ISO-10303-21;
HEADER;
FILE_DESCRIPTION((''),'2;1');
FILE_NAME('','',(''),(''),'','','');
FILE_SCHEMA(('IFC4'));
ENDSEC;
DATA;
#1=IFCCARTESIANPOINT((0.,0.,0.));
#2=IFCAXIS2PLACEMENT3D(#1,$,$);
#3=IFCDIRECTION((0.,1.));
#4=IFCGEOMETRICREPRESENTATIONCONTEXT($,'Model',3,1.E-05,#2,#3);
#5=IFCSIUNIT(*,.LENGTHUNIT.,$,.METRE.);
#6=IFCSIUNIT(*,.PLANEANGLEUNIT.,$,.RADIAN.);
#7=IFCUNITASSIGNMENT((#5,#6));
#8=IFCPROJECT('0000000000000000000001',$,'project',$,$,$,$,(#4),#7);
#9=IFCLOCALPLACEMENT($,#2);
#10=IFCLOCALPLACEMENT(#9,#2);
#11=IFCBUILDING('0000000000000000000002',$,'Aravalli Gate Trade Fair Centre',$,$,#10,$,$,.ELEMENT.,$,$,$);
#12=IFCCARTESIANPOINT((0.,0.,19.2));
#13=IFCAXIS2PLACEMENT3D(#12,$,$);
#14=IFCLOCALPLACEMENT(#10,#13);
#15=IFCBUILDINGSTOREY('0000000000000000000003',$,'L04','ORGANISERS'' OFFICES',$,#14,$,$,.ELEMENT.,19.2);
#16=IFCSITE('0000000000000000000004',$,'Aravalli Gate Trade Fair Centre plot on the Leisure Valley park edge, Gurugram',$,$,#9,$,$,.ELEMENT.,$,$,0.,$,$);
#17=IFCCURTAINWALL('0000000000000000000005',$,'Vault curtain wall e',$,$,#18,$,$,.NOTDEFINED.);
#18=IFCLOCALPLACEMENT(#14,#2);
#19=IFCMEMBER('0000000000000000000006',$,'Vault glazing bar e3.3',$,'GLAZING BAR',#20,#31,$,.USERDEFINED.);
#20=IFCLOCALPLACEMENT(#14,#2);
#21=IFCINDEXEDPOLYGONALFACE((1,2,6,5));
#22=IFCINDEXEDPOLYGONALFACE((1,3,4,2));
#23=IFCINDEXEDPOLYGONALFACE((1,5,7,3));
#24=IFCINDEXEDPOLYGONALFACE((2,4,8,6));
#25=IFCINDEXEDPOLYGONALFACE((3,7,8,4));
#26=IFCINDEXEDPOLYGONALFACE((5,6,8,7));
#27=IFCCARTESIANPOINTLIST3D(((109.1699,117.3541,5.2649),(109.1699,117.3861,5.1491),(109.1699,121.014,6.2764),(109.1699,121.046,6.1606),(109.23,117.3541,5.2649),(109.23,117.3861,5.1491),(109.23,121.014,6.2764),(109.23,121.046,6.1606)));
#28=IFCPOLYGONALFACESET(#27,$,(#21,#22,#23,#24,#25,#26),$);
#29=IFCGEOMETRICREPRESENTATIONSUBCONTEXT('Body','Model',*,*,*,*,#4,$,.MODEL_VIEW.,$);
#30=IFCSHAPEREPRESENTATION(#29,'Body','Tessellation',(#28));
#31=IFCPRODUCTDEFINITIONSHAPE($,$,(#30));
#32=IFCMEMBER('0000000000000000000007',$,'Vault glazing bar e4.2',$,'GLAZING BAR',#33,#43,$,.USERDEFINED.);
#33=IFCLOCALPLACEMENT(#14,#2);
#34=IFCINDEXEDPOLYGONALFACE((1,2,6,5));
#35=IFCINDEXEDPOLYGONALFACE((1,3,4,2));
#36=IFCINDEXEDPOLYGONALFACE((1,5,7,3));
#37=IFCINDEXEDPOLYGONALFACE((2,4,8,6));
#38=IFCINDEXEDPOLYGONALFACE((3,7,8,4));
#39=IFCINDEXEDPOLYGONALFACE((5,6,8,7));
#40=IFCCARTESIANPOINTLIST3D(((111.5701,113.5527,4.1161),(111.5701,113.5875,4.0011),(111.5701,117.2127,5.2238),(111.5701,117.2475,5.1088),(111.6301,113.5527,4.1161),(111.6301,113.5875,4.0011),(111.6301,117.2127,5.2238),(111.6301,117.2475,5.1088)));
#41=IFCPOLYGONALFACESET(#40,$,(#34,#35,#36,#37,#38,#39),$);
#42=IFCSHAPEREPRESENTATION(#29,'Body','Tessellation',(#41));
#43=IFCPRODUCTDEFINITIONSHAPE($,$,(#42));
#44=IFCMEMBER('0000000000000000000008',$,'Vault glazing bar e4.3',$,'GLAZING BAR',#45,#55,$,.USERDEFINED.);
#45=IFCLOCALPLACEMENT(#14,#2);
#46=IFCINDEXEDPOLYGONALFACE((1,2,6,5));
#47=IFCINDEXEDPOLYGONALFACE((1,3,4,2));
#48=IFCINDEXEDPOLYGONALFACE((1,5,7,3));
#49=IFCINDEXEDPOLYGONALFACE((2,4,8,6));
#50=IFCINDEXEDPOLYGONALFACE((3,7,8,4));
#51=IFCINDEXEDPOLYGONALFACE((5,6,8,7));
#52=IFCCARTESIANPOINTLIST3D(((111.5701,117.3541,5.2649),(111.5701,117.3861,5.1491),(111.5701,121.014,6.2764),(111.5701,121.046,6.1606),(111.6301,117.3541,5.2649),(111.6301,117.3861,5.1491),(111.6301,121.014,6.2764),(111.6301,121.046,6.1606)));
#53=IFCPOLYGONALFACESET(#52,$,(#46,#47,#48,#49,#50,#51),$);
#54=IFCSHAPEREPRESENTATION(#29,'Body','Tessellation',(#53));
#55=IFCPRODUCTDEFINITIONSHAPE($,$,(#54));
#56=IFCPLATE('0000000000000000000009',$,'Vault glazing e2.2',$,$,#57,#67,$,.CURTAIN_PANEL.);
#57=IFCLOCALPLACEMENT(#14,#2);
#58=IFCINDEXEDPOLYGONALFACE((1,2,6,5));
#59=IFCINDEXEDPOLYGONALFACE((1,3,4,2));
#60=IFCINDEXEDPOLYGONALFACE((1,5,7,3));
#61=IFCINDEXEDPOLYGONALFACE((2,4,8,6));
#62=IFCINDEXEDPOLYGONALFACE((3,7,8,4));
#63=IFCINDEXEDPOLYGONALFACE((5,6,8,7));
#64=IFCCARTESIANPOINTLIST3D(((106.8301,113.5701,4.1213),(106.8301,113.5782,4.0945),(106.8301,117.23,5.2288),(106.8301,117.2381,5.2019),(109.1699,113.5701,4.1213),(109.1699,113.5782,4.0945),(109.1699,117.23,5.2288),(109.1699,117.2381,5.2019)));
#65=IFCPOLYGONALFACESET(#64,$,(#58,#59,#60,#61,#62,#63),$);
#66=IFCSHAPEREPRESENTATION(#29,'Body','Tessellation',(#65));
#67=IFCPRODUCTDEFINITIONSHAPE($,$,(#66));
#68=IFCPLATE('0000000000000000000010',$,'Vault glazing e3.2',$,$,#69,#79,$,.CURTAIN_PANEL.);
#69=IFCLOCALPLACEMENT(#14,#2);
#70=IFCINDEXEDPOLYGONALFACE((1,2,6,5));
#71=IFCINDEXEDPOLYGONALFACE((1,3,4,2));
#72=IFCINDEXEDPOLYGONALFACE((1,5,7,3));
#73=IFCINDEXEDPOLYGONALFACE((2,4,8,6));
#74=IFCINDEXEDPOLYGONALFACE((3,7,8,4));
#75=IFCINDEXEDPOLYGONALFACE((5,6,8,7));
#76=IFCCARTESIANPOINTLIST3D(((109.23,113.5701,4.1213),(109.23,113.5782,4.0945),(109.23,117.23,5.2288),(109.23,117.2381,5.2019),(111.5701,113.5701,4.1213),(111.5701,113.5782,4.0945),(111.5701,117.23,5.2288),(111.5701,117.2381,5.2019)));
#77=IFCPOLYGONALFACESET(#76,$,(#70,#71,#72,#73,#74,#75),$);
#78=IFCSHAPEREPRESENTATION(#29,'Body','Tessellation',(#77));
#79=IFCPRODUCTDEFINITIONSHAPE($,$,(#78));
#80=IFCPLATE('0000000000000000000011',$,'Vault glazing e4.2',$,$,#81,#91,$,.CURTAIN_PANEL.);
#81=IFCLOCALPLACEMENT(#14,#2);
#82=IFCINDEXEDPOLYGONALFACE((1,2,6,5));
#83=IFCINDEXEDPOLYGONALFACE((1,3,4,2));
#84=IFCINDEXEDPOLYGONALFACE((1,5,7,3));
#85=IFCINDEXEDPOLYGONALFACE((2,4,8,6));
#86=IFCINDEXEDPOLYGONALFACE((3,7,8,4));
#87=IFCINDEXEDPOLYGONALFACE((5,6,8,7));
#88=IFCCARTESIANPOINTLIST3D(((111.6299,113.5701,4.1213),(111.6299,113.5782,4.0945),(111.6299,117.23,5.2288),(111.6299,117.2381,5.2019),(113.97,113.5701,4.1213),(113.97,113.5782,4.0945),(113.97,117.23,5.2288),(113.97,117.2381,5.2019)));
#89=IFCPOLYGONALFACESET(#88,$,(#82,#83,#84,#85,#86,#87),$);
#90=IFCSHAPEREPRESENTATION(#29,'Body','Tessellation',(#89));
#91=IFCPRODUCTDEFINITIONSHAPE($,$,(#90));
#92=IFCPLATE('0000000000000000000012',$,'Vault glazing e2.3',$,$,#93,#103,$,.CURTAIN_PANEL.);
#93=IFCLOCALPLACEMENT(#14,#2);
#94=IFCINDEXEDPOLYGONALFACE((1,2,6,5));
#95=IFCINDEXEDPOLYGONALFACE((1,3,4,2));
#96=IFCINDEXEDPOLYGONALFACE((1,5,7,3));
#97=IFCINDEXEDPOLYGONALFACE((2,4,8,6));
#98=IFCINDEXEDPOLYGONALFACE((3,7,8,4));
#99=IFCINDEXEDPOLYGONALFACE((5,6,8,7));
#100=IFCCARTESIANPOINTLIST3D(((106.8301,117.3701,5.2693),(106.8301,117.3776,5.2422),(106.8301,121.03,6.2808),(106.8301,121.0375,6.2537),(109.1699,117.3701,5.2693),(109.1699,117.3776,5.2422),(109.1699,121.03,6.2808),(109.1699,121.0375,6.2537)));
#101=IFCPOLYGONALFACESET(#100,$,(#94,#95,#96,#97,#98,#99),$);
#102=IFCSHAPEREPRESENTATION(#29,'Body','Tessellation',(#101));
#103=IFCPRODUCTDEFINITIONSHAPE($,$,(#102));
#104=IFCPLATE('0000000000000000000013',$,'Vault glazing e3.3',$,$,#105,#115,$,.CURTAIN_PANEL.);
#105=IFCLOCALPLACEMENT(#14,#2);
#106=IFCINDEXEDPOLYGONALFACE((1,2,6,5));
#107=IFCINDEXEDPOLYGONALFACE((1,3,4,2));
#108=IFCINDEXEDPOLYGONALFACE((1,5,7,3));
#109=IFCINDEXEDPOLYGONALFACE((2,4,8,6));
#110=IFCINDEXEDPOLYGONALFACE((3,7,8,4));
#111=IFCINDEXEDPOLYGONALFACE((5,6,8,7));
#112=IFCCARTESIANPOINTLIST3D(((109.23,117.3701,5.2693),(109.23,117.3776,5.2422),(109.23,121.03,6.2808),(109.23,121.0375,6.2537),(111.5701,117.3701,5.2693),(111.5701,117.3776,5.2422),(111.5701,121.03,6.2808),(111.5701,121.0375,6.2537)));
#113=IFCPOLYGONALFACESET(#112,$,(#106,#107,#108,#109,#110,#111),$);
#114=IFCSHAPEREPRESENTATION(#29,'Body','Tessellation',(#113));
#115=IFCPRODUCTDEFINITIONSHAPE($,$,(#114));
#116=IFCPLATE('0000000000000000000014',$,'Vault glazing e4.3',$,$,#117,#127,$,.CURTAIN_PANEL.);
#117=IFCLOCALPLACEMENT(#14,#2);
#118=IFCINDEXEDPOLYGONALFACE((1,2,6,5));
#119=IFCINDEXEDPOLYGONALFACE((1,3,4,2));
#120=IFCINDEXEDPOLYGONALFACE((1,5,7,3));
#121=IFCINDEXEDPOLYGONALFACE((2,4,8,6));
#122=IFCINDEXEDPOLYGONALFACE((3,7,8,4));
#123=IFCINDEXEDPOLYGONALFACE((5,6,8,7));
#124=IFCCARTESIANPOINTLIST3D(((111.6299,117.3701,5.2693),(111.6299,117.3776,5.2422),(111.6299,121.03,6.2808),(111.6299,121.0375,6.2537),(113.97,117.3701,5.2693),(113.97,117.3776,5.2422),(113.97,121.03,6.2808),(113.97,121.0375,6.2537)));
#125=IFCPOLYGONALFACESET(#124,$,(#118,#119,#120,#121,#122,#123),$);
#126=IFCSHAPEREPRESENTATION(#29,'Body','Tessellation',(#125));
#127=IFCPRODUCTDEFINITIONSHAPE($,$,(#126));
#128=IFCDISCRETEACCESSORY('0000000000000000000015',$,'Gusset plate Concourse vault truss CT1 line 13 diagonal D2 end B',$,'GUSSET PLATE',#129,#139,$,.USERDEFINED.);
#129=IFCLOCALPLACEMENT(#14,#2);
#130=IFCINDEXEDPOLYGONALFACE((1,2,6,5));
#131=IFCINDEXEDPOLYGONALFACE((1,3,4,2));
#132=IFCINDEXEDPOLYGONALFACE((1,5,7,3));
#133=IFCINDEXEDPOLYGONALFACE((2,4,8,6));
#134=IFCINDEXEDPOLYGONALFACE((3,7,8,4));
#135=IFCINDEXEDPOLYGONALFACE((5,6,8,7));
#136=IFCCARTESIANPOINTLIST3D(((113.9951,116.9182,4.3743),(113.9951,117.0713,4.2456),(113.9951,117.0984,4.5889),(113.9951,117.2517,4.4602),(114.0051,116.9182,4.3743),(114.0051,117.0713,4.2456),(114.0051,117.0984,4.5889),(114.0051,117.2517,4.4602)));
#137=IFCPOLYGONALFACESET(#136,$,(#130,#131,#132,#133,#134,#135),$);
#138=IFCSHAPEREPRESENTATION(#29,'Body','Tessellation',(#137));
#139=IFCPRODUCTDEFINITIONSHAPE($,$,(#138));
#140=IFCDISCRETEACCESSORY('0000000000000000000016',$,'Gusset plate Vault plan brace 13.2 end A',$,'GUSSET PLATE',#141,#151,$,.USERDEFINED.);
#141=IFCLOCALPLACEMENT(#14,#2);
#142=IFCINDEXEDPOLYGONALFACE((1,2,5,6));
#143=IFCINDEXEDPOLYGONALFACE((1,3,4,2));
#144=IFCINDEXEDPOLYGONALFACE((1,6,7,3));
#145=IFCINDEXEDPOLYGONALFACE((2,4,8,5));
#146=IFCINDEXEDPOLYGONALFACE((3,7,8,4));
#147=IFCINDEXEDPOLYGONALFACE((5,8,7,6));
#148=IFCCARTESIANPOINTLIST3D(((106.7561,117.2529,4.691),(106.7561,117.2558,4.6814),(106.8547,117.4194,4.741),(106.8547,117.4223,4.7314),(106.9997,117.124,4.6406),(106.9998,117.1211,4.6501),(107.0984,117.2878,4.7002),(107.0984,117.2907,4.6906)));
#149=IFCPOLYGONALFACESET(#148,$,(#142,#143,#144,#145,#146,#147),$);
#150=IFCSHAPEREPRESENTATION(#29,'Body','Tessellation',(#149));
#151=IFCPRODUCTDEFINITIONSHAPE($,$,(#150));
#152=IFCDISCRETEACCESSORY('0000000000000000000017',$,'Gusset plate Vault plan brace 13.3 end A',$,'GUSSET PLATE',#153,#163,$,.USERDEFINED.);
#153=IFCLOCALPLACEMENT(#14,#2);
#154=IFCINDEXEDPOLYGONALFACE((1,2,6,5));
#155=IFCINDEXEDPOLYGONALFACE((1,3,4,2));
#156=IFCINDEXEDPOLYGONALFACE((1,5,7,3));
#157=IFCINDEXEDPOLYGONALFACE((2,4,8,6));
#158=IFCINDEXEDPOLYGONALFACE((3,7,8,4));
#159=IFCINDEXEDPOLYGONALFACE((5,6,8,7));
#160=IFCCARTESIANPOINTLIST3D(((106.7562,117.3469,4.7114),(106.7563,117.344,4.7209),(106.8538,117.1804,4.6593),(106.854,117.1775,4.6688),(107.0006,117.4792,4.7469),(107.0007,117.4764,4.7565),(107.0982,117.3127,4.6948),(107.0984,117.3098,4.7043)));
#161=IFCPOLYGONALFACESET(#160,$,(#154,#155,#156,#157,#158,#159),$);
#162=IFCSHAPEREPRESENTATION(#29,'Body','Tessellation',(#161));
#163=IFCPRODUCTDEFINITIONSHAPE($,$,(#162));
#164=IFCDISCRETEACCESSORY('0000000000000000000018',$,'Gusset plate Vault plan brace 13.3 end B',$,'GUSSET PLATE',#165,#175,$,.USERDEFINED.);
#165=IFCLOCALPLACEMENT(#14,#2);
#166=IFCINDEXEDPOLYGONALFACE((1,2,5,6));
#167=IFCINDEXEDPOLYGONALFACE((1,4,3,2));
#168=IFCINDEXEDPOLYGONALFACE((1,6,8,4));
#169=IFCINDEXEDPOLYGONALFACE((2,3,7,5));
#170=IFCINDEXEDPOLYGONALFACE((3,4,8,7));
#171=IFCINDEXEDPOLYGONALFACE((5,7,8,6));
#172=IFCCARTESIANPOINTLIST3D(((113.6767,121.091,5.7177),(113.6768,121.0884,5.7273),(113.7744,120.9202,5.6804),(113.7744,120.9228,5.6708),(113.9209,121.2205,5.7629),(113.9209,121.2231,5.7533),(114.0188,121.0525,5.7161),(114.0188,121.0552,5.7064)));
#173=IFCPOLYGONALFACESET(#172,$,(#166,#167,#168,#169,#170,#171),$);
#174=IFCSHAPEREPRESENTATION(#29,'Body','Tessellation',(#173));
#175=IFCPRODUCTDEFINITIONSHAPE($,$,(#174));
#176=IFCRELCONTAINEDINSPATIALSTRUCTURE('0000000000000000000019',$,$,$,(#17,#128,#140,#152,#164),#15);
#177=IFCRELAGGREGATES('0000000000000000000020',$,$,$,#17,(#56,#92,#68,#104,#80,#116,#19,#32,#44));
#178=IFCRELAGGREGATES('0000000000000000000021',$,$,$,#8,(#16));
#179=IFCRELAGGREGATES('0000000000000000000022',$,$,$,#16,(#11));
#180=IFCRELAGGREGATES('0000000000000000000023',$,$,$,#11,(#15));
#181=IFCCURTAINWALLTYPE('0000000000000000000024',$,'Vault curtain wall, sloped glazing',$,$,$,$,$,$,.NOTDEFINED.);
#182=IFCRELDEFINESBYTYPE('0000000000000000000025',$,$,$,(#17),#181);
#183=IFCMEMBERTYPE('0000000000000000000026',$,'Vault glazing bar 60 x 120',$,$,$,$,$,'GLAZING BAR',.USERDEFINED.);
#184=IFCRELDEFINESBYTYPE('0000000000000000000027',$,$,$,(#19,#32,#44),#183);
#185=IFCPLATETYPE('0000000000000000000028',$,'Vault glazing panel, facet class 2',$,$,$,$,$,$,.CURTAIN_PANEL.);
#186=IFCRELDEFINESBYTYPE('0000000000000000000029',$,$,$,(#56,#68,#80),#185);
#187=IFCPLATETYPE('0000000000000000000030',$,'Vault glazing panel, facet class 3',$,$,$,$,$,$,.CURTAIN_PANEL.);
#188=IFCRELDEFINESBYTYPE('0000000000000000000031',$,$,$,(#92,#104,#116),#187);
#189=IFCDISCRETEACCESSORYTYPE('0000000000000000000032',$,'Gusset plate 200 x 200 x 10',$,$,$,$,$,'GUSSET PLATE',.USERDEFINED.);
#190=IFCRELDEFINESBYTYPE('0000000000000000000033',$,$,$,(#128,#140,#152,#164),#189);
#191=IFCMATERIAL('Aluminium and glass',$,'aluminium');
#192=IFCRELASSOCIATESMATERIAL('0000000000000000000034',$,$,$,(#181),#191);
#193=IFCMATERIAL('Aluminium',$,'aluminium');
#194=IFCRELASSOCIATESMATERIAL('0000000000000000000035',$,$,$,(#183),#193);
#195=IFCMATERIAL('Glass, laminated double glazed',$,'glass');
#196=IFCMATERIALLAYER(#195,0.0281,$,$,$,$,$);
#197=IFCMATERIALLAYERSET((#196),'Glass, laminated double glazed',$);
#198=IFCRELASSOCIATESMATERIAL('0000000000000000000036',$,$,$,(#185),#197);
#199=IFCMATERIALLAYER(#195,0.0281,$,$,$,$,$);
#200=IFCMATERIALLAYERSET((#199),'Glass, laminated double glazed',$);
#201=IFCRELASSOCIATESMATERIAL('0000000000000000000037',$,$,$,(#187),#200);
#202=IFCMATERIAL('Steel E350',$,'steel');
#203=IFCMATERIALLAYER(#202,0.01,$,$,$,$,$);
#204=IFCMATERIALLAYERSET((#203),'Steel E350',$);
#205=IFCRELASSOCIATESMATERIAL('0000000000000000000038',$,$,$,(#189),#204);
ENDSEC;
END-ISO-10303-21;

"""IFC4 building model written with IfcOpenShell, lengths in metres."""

from ifc_helpers import new_model, si_unit, direction, frame, origin, origin_2d, place, context, subcontext, project, spatial, polyline, rectangle, outline, extrude, material, layer, layer_set, material_profile, profile_set, type_object, element, aggregate, save


model = new_model("IFC4")

# Units and contexts
model_context = context("Model", 3, precision=1e-05, world=origin(), true_north=direction((0.0, 1.0)))
body_context = subcontext(model_context, "Body", "Model", "MODEL_VIEW")
ifc_project = project(units=[si_unit("LENGTHUNIT", "METRE"), si_unit("PLANEANGLEUNIT", "RADIAN")], contexts=[model_context])

# Site, building, storey
site_placement = place(None, origin())
site = spatial("IfcSite", under=ifc_project, at=site_placement, Name="Aravalli Gate Trade Fair Centre plot on the Leisure Valley park edge, Gurugram", CompositionType="ELEMENT", RefElevation=0.0)
building_placement = place(site_placement, origin())
building = spatial("IfcBuilding", under=site, at=building_placement, Name="Aravalli Gate Trade Fair Centre", CompositionType="ELEMENT")
storey_placement = place(building_placement, frame((0.0, 0.0, 19.2)))
storey = spatial("IfcBuildingStorey", under=building, at=storey_placement, Name="L04", Description="ORGANISERS' OFFICES", CompositionType="ELEMENT", Elevation=19.2)

# Shared definitions
ifc_material_1 = material(Name="Steel E350", Category="steel")
ifc_material_2 = material(Name="Aluminium", Category="aluminium")

# Curtain wall, members, plates
ifc_material_3 = material(Name="Aluminium and glass", Category="aluminium")
curtain_wall_type = type_object("IfcCurtainWallType", Name="Vault curtain wall, sloped glazing", PredefinedType="NOTDEFINED", material=ifc_material_3)
curtain_wall_placement = place(storey_placement, origin())
curtain_wall = element("IfcCurtainWall", 1, at=curtain_wall_placement, inside=storey, type_object=curtain_wall_type, Name="Vault curtain wall e", PredefinedType="NOTDEFINED")
ifc_material_profile_1 = material_profile(ifc_material_2, rectangle(XDim=0.0601, YDim=0.1201, at=origin_2d()), Name="Vault glazing bar 60 x 120")
ifc_profile_set_1 = profile_set([ifc_material_profile_1], Name="Aluminium")
member_type_1 = type_object("IfcMemberType", Name="Vault glazing bar 60 x 120", ElementType="GLAZING BAR", PredefinedType="USERDEFINED", material=ifc_profile_set_1)
member_1_placement = place(storey_placement, frame((109.2, 117.3701, 5.207), z_axis=(0.0, 0.963868, 0.26638), x_axis=(-1.0, 0.0, 0.0)))
member_1 = element("IfcMember", 2, at=member_1_placement, type_object=member_type_1, Name="Vault glazing bar e3.3", ObjectType="GLAZING BAR", PredefinedType="USERDEFINED", context=body_context, shape_type="SweptSolid", body=[
    extrude(rectangle(XDim=0.0601, YDim=0.1201, at=origin_2d()), origin(), (0.0, 0.0, 1.0), 3.7971),
])
member_2_placement = place(storey_placement, frame((111.6001, 113.5701, 4.0586), z_axis=(0.0, 0.957126, 0.289672), x_axis=(-1.0, 0.0, 0.0)))
member_2 = element("IfcMember", 3, at=member_2_placement, type_object=member_type_1, Name="Vault glazing bar e4.2", ObjectType="GLAZING BAR", PredefinedType="USERDEFINED", context=body_context, shape_type="SweptSolid", body=[
    extrude(rectangle(XDim=0.0601, YDim=0.1201, at=origin_2d()), origin(), (0.0, 0.0, 1.0), 3.824),
])
member_3_placement = place(storey_placement, frame((111.6001, 117.3701, 5.207), z_axis=(0.0, 0.963868, 0.26638), x_axis=(-1.0, 0.0, 0.0)))
member_3 = element("IfcMember", 4, at=member_3_placement, type_object=member_type_1, Name="Vault glazing bar e4.3", ObjectType="GLAZING BAR", PredefinedType="USERDEFINED", context=body_context, shape_type="SweptSolid", body=[
    extrude(rectangle(XDim=0.0601, YDim=0.1201, at=origin_2d()), origin(), (0.0, 0.0, 1.0), 3.7971),
])
ifc_material_4 = material(Name="Glass, laminated double glazed", Category="glass")
ifc_layer_1 = layer(ifc_material_4, 0.0281)
ifc_layer_set_1 = layer_set([ifc_layer_1], Name="Glass, laminated double glazed")
plate_type_1 = type_object("IfcPlateType", Name="Vault glazing panel, facet class 2", PredefinedType="CURTAIN_PANEL", material=ifc_layer_set_1)
plate_1_placement = place(storey_placement, frame((106.8301, 113.5701, 4.1213), z_axis=(0.0, -0.289614, 0.957144), x_axis=(1.0, 0.0, 0.0)))
plate_1 = element("IfcPlate", 5, at=plate_1_placement, type_object=plate_type_1, Name="Vault glazing e2.2", PredefinedType="CURTAIN_PANEL", context=body_context, shape_type="SweptSolid", body=[
    extrude(outline(polyline([(0.0, 0.0), (2.3398, 0.0), (2.3398, 3.8238), (0.0, 3.8238), (0.0, 0.0)])), origin(), (0.0, 0.0, -1.0), 0.0281),
])
plate_2_placement = place(storey_placement, frame((109.23, 113.5701, 4.1213), z_axis=(0.0, -0.289614, 0.957144), x_axis=(1.0, 0.0, 0.0)))
plate_2 = element("IfcPlate", 6, at=plate_2_placement, type_object=plate_type_1, Name="Vault glazing e3.2", PredefinedType="CURTAIN_PANEL", context=body_context, shape_type="SweptSolid", body=[
    extrude(outline(polyline([(0.0, 0.0), (2.3401, 0.0), (2.3401, 3.8238), (0.0, 3.8238), (0.0, 0.0)])), origin(), (0.0, 0.0, -1.0), 0.0281),
])
plate_3_placement = place(storey_placement, frame((111.6299, 113.5701, 4.1213), z_axis=(0.0, -0.289614, 0.957144), x_axis=(1.0, 0.0, 0.0)))
plate_3 = element("IfcPlate", 7, at=plate_3_placement, type_object=plate_type_1, Name="Vault glazing e4.2", PredefinedType="CURTAIN_PANEL", context=body_context, shape_type="SweptSolid", body=[
    extrude(outline(polyline([(0.0, 0.0), (2.3401, 0.0), (2.3401, 3.8238), (0.0, 3.8238), (0.0, 0.0)])), origin(), (0.0, 0.0, -1.0), 0.0281),
])
ifc_layer_2 = layer(ifc_material_4, 0.0281)
ifc_layer_set_2 = layer_set([ifc_layer_2], Name="Glass, laminated double glazed")
plate_type_2 = type_object("IfcPlateType", Name="Vault glazing panel, facet class 3", PredefinedType="CURTAIN_PANEL", material=ifc_layer_set_2)
plate_4_placement = place(storey_placement, frame((106.8301, 117.3701, 5.2693), z_axis=(0.0, -0.26638, 0.963868), x_axis=(1.0, 0.0, 0.0)))
plate_4 = element("IfcPlate", 8, at=plate_4_placement, type_object=plate_type_2, Name="Vault glazing e2.3", PredefinedType="CURTAIN_PANEL", context=body_context, shape_type="SweptSolid", body=[
    extrude(outline(polyline([(0.0, 0.0), (2.3398, 0.0), (2.3398, 3.7971), (0.0, 3.7971), (0.0, 0.0)])), origin(), (0.0, 0.0, -1.0), 0.0281),
])
plate_5_placement = place(storey_placement, frame((109.23, 117.3701, 5.2693), z_axis=(0.0, -0.26638, 0.963868), x_axis=(1.0, 0.0, 0.0)))
plate_5 = element("IfcPlate", 9, at=plate_5_placement, type_object=plate_type_2, Name="Vault glazing e3.3", PredefinedType="CURTAIN_PANEL", context=body_context, shape_type="SweptSolid", body=[
    extrude(outline(polyline([(0.0, 0.0), (2.3401, 0.0), (2.3401, 3.7971), (0.0, 3.7971), (0.0, 0.0)])), origin(), (0.0, 0.0, -1.0), 0.0281),
])
plate_6_placement = place(storey_placement, frame((111.6299, 117.3701, 5.2693), z_axis=(0.0, -0.26638, 0.963868), x_axis=(1.0, 0.0, 0.0)))
plate_6 = element("IfcPlate", 10, at=plate_6_placement, type_object=plate_type_2, Name="Vault glazing e4.3", PredefinedType="CURTAIN_PANEL", context=body_context, shape_type="SweptSolid", body=[
    extrude(outline(polyline([(0.0, 0.0), (2.3401, 0.0), (2.3401, 3.7971), (0.0, 3.7971), (0.0, 0.0)])), origin(), (0.0, 0.0, -1.0), 0.0281),
])
aggregate(curtain_wall, [plate_1, plate_4, plate_2, plate_5, plate_3, plate_6, member_1, member_2, member_3])

# Discrete accessories
ifc_layer_3 = layer(ifc_material_1, 0.01)
ifc_layer_set_3 = layer_set([ifc_layer_3], Name="Steel E350")
discrete_accessory_type = type_object("IfcDiscreteAccessoryType", Name="Gusset plate 200 x 200 x 10", ElementType="GUSSET PLATE", PredefinedType="USERDEFINED", material=ifc_layer_set_3)
discrete_accessory_1_placement = place(storey_placement, frame((113.9951, 116.9182, 4.3743), z_axis=(-1.0, 0.0, 0.0), x_axis=(0.0, 0.643008, 0.765859)))
element("IfcDiscreteAccessory", 11, at=discrete_accessory_1_placement, inside=storey, type_object=discrete_accessory_type, Name="Gusset plate Concourse vault truss CT1 line 13 diagonal D2 end B", ObjectType="GUSSET PLATE", PredefinedType="USERDEFINED", context=body_context, shape_type="SweptSolid", body=[
    extrude(outline(polyline([(0.0, 0.0), (0.2802, 0.0), (0.2803, 0.2002), (-0.0001, 0.2), (0.0, 0.0)])), origin(), (0.0, 0.0, -1.0), 0.01),
])
discrete_accessory_2_placement = place(storey_placement, frame((106.9998, 117.1211, 4.6501), z_axis=(0.003598, -0.289621, 0.957135), x_axis=(-0.870134, 0.470778, 0.145724)))
element("IfcDiscreteAccessory", 12, at=discrete_accessory_2_placement, inside=storey, type_object=discrete_accessory_type, Name="Gusset plate Vault plan brace 13.2 end A", ObjectType="GUSSET PLATE", PredefinedType="USERDEFINED", context=body_context, shape_type="SweptSolid", body=[
    extrude(outline(polyline([(0.0, 0.0), (0.28, 0.0), (0.2799, -0.1999), (0.0, -0.2001), (0.0, 0.0)])), origin(), (0.0, 0.0, -1.0), 0.01),
])
discrete_accessory_3_placement = place(storey_placement, frame((107.0984, 117.3098, 4.7043), z_axis=(0.017542, -0.289323, 0.957071), x_axis=(-0.872327, -0.472204, -0.126759)))
element("IfcDiscreteAccessory", 13, at=discrete_accessory_3_placement, inside=storey, type_object=discrete_accessory_type, Name="Gusset plate Vault plan brace 13.3 end A", ObjectType="GUSSET PLATE", PredefinedType="USERDEFINED", context=body_context, shape_type="SweptSolid", body=[
    extrude(outline(polyline([(0.0, 0.0), (0.2802, 0.0), (0.2801, -0.1999), (-0.0001, -0.2), (0.0, 0.0)])), origin(), (0.0, 0.0, -1.0), 0.01),
])
discrete_accessory_4_placement = place(storey_placement, frame((113.7744, 120.9202, 5.6804), z_axis=(0.003668, -0.266636, 0.96379), x_axis=(0.872224, 0.472242, 0.127328)))
element("IfcDiscreteAccessory", 14, at=discrete_accessory_4_placement, inside=storey, type_object=discrete_accessory_type, Name="Gusset plate Vault plan brace 13.3 end B", ObjectType="GUSSET PLATE", PredefinedType="USERDEFINED", context=body_context, shape_type="SweptSolid", body=[
    extrude(outline(polyline([(0.0, 0.0), (0.2802, 0.0), (0.2801, 0.2), (0.0002, 0.2001), (0.0, 0.0)])), origin(), (0.0, 0.0, -1.0), 0.01),
])

save(model, "model.ifc")
